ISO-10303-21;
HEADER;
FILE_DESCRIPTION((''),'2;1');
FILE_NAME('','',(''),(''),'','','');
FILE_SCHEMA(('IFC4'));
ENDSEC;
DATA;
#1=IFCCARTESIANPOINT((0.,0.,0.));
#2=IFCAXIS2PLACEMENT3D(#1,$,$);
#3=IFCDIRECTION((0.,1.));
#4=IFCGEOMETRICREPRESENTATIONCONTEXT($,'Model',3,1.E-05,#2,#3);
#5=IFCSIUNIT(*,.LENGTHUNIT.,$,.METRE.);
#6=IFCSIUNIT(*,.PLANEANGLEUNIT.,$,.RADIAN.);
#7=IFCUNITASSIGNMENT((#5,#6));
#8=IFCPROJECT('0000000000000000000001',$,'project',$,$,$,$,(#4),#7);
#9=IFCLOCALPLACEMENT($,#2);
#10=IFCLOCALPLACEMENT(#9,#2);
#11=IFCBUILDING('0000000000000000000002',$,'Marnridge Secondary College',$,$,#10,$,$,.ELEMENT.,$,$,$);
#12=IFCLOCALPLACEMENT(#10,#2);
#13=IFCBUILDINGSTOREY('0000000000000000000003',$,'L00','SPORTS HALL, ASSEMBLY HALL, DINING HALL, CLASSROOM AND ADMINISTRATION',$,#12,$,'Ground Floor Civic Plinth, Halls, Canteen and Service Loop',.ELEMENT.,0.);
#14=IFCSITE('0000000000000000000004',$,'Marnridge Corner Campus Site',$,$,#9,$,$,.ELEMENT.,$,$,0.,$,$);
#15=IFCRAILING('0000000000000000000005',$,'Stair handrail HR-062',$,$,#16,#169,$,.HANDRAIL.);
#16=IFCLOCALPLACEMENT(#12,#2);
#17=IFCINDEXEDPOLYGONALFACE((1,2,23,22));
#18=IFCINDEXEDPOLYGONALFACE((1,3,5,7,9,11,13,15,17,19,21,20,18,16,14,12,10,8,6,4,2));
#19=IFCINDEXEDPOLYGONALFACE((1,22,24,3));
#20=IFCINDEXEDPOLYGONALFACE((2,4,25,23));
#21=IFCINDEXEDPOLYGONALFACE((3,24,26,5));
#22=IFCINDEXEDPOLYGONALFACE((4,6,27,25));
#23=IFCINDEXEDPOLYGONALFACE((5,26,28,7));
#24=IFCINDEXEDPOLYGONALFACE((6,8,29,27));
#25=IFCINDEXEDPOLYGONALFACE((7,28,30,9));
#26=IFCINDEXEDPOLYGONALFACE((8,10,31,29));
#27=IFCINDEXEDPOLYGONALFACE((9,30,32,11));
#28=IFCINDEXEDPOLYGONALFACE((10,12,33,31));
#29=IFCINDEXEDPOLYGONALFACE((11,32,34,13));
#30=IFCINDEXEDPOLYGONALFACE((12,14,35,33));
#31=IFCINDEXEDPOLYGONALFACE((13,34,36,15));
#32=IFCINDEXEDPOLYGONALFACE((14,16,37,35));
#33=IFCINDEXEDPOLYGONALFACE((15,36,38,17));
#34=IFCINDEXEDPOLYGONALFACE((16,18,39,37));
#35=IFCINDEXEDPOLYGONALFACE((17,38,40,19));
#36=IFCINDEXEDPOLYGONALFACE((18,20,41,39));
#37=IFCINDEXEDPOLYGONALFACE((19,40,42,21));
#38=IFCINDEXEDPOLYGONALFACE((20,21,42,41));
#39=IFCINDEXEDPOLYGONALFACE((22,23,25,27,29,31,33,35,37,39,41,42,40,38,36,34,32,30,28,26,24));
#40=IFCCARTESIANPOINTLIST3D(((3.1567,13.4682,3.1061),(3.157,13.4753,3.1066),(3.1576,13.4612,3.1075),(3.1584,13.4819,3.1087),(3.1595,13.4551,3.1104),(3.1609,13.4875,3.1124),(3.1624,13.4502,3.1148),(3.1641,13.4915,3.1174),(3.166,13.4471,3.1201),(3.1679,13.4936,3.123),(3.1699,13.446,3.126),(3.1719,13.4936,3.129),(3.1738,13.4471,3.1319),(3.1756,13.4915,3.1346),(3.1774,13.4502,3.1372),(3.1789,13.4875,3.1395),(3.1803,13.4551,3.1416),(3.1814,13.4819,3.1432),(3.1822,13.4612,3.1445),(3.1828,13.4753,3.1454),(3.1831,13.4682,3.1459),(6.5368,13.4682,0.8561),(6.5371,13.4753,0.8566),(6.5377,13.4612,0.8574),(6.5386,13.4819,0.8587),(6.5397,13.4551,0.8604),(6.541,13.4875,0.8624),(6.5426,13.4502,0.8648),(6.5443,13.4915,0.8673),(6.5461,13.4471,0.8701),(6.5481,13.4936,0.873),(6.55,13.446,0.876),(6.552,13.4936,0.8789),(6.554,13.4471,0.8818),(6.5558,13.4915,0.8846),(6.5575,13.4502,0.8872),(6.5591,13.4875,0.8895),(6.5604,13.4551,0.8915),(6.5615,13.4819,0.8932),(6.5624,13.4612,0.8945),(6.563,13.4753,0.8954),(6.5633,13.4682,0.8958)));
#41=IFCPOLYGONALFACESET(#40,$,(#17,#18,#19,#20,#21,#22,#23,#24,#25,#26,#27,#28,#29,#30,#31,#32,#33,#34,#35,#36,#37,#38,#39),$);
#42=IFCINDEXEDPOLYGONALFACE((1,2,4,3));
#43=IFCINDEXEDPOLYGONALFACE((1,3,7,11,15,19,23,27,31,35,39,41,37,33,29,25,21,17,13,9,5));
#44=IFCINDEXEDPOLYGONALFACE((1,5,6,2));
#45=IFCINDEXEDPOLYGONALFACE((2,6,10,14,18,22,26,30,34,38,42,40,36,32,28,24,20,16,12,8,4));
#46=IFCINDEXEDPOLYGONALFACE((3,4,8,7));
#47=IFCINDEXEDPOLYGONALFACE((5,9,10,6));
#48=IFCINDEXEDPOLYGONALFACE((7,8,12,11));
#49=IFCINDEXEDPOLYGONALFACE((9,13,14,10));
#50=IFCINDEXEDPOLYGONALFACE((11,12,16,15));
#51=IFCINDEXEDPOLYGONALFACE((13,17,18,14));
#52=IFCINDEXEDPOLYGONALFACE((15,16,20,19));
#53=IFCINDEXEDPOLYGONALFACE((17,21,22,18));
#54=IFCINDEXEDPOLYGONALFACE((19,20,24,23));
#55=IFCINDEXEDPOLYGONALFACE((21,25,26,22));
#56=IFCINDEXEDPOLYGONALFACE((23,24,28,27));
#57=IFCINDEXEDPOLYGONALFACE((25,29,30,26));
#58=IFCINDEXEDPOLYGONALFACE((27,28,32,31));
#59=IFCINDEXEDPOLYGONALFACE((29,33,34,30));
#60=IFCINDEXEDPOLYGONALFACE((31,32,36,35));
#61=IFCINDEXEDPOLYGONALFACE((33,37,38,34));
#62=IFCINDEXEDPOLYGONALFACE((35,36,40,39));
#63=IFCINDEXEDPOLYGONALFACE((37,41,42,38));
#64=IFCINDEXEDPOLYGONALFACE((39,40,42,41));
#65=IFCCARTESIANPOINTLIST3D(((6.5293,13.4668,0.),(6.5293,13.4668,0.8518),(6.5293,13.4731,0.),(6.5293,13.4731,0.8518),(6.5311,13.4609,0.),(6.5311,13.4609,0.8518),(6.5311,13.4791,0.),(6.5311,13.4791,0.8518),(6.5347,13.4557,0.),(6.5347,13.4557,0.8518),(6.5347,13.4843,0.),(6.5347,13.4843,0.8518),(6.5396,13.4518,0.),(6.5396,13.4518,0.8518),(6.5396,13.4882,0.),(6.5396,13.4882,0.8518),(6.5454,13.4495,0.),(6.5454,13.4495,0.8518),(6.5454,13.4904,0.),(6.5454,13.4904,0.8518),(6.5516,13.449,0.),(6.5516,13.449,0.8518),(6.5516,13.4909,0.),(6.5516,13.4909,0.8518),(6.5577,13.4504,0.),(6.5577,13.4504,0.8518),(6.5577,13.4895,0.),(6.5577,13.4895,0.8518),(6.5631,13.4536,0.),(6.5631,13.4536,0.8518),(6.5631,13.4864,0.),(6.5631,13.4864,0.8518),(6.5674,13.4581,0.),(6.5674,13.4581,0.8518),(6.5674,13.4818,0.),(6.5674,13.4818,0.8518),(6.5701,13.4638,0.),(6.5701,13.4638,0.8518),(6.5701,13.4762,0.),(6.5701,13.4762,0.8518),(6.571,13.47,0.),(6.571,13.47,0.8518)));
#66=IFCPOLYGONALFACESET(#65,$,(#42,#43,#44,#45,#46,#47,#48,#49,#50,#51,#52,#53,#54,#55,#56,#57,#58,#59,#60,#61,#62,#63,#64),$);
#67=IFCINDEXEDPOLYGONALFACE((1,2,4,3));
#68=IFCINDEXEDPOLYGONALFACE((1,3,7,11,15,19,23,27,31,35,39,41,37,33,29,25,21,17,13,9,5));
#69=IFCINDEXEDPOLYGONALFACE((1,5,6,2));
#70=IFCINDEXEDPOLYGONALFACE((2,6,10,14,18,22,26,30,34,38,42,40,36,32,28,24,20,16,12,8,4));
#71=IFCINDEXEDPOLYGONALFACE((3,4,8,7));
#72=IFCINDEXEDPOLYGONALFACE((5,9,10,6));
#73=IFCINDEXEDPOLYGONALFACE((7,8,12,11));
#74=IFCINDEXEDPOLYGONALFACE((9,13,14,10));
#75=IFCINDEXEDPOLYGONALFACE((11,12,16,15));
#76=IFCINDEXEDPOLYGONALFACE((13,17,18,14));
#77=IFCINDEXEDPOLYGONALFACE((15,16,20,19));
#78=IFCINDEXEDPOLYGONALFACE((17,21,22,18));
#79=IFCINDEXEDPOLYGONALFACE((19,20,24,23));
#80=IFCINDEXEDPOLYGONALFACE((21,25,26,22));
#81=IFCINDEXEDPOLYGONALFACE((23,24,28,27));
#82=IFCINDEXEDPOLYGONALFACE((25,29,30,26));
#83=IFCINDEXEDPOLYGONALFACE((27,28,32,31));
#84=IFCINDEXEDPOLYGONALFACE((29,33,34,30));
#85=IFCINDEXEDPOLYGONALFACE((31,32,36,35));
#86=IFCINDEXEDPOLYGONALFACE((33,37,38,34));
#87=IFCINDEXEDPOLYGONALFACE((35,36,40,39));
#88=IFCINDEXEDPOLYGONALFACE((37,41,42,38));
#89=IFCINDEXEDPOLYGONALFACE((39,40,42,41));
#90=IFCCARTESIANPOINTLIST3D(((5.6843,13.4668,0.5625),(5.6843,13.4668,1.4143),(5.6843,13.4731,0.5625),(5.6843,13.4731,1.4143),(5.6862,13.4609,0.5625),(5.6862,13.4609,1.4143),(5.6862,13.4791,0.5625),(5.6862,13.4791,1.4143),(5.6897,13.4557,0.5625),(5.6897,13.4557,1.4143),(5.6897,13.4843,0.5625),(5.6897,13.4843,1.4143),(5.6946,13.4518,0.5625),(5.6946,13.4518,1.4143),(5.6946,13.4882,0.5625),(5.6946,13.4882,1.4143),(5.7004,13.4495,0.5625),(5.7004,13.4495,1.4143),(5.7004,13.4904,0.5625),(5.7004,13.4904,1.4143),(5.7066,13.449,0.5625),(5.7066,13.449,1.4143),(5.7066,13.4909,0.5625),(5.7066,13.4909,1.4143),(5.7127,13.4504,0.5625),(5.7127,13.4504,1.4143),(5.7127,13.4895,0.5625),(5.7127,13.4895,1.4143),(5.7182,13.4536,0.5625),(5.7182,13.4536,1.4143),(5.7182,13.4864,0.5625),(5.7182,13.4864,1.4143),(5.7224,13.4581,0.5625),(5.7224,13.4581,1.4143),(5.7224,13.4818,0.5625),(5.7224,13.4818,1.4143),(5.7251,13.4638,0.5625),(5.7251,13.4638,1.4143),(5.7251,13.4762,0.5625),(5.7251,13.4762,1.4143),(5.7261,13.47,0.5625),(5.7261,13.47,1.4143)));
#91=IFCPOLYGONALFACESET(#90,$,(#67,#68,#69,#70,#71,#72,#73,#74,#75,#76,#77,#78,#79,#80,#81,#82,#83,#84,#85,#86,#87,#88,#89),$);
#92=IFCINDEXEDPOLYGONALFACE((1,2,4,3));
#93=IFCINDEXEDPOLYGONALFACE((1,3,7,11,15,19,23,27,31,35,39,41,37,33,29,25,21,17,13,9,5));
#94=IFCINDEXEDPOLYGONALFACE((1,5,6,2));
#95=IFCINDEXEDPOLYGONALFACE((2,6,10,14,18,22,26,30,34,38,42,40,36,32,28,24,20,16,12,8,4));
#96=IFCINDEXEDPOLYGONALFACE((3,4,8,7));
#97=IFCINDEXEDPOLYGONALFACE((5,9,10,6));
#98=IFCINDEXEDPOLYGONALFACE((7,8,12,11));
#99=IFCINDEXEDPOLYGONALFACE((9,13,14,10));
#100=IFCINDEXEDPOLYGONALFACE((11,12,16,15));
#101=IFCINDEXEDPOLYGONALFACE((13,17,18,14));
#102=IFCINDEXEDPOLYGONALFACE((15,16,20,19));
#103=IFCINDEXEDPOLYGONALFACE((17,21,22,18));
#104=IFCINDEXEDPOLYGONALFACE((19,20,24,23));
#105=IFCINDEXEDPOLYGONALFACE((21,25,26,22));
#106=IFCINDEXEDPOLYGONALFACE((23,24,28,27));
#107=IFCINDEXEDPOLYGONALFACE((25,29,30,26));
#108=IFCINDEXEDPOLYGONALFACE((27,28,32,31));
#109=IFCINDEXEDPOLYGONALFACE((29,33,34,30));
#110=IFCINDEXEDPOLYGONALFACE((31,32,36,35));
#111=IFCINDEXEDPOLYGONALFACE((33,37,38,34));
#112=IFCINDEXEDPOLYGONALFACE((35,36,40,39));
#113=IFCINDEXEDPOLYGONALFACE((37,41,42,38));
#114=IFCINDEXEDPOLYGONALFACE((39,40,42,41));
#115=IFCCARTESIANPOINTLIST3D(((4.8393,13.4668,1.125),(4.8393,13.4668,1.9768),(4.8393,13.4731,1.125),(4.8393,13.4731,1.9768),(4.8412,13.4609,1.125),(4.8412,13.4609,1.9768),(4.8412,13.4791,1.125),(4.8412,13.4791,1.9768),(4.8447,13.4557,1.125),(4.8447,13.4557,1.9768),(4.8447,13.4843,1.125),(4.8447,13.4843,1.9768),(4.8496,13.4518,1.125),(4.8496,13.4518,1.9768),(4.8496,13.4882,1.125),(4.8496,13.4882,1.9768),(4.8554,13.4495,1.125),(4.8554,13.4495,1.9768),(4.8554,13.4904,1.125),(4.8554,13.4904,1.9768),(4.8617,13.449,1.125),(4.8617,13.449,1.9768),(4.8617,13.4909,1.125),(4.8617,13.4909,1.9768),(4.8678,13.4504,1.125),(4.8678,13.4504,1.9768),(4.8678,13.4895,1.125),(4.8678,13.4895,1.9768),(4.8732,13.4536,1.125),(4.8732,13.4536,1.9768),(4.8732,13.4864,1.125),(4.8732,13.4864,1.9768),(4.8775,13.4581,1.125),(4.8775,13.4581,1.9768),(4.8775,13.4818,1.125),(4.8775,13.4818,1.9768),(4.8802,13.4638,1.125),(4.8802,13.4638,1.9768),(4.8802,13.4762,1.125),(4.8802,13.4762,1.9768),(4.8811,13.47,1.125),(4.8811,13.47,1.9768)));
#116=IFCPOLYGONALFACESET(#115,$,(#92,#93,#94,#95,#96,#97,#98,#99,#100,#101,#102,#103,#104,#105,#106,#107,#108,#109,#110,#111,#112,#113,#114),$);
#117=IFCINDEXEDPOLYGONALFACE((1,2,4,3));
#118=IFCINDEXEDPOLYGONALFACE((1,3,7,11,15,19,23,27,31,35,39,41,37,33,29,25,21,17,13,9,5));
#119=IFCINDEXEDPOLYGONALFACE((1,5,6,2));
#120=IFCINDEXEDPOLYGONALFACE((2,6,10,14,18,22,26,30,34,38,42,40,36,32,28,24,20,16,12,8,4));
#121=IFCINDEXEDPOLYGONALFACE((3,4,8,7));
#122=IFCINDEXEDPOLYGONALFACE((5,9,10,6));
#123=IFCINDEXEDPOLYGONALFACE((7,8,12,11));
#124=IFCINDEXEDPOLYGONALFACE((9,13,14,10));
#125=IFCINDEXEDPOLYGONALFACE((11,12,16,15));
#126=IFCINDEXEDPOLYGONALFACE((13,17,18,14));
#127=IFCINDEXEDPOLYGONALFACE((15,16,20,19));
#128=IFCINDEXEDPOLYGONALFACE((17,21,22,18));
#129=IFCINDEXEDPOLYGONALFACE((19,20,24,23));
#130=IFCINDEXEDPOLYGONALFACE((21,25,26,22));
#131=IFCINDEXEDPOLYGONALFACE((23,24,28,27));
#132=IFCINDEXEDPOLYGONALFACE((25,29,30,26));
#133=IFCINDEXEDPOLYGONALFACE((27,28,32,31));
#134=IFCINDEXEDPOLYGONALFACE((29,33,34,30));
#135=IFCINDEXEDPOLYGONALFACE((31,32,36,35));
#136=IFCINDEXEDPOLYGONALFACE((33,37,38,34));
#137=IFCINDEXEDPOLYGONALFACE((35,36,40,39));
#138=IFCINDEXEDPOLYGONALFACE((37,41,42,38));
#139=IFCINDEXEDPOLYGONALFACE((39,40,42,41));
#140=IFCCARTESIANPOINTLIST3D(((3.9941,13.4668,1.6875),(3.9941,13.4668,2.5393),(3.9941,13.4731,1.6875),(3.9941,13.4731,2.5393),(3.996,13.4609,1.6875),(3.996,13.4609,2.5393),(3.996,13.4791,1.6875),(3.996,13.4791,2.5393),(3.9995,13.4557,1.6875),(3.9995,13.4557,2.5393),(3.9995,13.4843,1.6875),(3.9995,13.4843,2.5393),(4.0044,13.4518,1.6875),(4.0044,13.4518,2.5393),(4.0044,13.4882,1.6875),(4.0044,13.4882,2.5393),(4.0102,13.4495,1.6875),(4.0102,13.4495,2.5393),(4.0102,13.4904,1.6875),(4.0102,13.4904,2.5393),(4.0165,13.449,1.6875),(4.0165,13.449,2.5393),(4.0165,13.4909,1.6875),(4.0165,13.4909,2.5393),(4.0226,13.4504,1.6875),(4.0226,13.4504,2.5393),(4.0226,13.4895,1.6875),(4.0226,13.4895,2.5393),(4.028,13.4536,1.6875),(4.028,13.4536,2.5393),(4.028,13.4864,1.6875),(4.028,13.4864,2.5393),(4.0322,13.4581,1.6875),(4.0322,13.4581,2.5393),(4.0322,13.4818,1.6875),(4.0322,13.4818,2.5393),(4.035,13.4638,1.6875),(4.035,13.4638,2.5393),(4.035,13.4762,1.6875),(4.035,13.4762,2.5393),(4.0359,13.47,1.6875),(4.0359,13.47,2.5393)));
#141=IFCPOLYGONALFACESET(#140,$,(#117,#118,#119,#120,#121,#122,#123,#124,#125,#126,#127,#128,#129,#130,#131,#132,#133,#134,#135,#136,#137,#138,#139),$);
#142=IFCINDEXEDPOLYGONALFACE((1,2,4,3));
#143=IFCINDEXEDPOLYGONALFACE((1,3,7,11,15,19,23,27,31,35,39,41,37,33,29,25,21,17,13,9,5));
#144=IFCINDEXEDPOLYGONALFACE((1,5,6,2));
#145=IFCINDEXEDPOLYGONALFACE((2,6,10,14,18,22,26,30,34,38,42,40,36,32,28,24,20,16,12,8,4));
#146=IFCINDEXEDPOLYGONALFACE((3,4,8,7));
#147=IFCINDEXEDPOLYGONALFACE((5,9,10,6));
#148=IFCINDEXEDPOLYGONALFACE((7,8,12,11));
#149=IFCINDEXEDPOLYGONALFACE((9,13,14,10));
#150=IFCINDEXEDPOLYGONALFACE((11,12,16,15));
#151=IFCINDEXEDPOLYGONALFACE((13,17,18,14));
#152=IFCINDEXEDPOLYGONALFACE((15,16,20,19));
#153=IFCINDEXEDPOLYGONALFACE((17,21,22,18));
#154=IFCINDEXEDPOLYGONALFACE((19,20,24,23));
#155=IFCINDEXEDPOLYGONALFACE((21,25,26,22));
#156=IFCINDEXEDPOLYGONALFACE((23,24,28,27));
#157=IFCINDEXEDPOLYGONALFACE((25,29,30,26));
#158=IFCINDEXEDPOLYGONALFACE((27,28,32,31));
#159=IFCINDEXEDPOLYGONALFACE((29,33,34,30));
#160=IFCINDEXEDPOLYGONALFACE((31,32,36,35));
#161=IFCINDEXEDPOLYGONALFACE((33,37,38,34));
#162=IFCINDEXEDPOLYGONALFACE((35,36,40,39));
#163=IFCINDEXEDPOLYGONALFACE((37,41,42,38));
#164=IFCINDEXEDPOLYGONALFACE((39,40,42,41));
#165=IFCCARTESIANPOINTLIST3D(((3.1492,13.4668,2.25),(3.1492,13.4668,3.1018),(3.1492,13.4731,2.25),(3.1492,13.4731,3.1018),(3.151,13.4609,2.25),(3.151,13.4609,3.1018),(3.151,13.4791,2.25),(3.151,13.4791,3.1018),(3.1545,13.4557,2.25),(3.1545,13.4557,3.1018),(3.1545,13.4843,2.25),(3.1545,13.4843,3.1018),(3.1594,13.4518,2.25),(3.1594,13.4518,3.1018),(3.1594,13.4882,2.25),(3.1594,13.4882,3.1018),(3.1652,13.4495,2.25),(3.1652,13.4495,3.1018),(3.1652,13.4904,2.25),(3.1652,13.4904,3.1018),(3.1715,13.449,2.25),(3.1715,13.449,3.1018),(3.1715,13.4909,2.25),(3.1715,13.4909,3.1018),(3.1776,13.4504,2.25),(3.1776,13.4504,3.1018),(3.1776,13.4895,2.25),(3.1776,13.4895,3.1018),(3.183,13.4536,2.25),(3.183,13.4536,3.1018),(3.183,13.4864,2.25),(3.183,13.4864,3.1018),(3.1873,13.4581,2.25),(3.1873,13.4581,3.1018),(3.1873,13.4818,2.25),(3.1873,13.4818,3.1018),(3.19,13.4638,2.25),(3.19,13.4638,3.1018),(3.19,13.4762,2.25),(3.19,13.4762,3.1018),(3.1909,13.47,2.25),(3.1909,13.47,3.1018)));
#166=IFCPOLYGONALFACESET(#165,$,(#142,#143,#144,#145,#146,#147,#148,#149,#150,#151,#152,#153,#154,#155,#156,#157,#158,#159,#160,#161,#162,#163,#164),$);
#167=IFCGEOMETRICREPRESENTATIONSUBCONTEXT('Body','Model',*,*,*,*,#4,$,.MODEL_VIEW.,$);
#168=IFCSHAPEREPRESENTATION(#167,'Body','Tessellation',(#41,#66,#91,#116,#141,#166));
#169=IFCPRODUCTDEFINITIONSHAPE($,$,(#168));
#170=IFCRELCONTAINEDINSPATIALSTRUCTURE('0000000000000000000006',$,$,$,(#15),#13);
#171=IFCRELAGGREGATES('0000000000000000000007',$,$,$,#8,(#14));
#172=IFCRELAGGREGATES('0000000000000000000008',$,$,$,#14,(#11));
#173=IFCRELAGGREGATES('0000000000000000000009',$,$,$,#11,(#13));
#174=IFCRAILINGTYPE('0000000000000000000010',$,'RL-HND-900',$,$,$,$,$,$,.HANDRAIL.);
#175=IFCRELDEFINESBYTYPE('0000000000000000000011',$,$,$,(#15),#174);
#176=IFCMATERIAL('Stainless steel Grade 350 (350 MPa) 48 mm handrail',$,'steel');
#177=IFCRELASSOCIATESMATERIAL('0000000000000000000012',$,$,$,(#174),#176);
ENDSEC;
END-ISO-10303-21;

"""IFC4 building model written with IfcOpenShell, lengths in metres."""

from ifc_helpers import new_model, si_unit, direction, frame, origin, origin_2d, place, context, subcontext, project, spatial, circle, extrude, material, type_object, element, save


model = new_model("IFC4")

# Units and contexts
model_context = context("Model", 3, precision=1e-05, world=origin(), true_north=direction((0.0, 1.0)))
body_context = subcontext(model_context, "Body", "Model", "MODEL_VIEW")
ifc_project = project(units=[si_unit("LENGTHUNIT", "METRE"), si_unit("PLANEANGLEUNIT", "RADIAN")], contexts=[model_context])

# Site, building, storey
site_placement = place(None, origin())
site = spatial("IfcSite", under=ifc_project, at=site_placement, Name="Marnridge Corner Campus Site", CompositionType="ELEMENT", RefElevation=0.0)
building_placement = place(site_placement, origin())
building = spatial("IfcBuilding", under=site, at=building_placement, Name="Marnridge Secondary College", CompositionType="ELEMENT")
storey_placement = place(building_placement, origin())
storey = spatial("IfcBuildingStorey", under=building, at=storey_placement, Name="L00", Description="SPORTS HALL, ASSEMBLY HALL, DINING HALL, CLASSROOM AND ADMINISTRATION", LongName="Ground Floor Civic Plinth, Halls, Canteen and Service Loop", CompositionType="ELEMENT", Elevation=0.0)

# Railing
ifc_material_1 = material(Name="Stainless steel Grade 350 (350 MPa) 48 mm handrail", Category="steel")
railing_type_1 = type_object("IfcRailingType", Name="RL-HND-900", PredefinedType="HANDRAIL", material=ifc_material_1)
for number, where, name in (
    (1, (6.55, 13.47, 0.0), "Stair handrail HR-062"),
):
    element("IfcRailing", number, at=place(storey_placement, frame(where)), inside=storey, type_object=railing_type_1, Name=name, PredefinedType="HANDRAIL", context=body_context, shape_type="SweptSolid", body=[
        extrude(circle(Radius=0.0239, at=origin_2d()), frame((0.0, 0.0, 0.876), z_axis=(-0.832439, 0.0, 0.554117), x_axis=(0.0, -1.0, 0.0)), (0.0, 0.0, 1.0), 4.0605),
        extrude(circle(Radius=0.021, at=origin_2d()), origin(), (0.0, 0.0, 1.0), 0.8518),
        extrude(circle(Radius=0.021, at=origin_2d()), frame((-0.845, 0.0, 0.5625)), (0.0, 0.0, 1.0), 0.8518),
        extrude(circle(Radius=0.021, at=origin_2d()), frame((-1.6899, 0.0, 1.125)), (0.0, 0.0, 1.0), 0.8518),
        extrude(circle(Radius=0.021, at=origin_2d()), frame((-2.5352, 0.0, 1.6875)), (0.0, 0.0, 1.0), 0.8518),
        extrude(circle(Radius=0.021, at=origin_2d()), frame((-3.3801, 0.0, 2.25)), (0.0, 0.0, 1.0), 0.8518),
    ])

save(model, "model.ifc")
